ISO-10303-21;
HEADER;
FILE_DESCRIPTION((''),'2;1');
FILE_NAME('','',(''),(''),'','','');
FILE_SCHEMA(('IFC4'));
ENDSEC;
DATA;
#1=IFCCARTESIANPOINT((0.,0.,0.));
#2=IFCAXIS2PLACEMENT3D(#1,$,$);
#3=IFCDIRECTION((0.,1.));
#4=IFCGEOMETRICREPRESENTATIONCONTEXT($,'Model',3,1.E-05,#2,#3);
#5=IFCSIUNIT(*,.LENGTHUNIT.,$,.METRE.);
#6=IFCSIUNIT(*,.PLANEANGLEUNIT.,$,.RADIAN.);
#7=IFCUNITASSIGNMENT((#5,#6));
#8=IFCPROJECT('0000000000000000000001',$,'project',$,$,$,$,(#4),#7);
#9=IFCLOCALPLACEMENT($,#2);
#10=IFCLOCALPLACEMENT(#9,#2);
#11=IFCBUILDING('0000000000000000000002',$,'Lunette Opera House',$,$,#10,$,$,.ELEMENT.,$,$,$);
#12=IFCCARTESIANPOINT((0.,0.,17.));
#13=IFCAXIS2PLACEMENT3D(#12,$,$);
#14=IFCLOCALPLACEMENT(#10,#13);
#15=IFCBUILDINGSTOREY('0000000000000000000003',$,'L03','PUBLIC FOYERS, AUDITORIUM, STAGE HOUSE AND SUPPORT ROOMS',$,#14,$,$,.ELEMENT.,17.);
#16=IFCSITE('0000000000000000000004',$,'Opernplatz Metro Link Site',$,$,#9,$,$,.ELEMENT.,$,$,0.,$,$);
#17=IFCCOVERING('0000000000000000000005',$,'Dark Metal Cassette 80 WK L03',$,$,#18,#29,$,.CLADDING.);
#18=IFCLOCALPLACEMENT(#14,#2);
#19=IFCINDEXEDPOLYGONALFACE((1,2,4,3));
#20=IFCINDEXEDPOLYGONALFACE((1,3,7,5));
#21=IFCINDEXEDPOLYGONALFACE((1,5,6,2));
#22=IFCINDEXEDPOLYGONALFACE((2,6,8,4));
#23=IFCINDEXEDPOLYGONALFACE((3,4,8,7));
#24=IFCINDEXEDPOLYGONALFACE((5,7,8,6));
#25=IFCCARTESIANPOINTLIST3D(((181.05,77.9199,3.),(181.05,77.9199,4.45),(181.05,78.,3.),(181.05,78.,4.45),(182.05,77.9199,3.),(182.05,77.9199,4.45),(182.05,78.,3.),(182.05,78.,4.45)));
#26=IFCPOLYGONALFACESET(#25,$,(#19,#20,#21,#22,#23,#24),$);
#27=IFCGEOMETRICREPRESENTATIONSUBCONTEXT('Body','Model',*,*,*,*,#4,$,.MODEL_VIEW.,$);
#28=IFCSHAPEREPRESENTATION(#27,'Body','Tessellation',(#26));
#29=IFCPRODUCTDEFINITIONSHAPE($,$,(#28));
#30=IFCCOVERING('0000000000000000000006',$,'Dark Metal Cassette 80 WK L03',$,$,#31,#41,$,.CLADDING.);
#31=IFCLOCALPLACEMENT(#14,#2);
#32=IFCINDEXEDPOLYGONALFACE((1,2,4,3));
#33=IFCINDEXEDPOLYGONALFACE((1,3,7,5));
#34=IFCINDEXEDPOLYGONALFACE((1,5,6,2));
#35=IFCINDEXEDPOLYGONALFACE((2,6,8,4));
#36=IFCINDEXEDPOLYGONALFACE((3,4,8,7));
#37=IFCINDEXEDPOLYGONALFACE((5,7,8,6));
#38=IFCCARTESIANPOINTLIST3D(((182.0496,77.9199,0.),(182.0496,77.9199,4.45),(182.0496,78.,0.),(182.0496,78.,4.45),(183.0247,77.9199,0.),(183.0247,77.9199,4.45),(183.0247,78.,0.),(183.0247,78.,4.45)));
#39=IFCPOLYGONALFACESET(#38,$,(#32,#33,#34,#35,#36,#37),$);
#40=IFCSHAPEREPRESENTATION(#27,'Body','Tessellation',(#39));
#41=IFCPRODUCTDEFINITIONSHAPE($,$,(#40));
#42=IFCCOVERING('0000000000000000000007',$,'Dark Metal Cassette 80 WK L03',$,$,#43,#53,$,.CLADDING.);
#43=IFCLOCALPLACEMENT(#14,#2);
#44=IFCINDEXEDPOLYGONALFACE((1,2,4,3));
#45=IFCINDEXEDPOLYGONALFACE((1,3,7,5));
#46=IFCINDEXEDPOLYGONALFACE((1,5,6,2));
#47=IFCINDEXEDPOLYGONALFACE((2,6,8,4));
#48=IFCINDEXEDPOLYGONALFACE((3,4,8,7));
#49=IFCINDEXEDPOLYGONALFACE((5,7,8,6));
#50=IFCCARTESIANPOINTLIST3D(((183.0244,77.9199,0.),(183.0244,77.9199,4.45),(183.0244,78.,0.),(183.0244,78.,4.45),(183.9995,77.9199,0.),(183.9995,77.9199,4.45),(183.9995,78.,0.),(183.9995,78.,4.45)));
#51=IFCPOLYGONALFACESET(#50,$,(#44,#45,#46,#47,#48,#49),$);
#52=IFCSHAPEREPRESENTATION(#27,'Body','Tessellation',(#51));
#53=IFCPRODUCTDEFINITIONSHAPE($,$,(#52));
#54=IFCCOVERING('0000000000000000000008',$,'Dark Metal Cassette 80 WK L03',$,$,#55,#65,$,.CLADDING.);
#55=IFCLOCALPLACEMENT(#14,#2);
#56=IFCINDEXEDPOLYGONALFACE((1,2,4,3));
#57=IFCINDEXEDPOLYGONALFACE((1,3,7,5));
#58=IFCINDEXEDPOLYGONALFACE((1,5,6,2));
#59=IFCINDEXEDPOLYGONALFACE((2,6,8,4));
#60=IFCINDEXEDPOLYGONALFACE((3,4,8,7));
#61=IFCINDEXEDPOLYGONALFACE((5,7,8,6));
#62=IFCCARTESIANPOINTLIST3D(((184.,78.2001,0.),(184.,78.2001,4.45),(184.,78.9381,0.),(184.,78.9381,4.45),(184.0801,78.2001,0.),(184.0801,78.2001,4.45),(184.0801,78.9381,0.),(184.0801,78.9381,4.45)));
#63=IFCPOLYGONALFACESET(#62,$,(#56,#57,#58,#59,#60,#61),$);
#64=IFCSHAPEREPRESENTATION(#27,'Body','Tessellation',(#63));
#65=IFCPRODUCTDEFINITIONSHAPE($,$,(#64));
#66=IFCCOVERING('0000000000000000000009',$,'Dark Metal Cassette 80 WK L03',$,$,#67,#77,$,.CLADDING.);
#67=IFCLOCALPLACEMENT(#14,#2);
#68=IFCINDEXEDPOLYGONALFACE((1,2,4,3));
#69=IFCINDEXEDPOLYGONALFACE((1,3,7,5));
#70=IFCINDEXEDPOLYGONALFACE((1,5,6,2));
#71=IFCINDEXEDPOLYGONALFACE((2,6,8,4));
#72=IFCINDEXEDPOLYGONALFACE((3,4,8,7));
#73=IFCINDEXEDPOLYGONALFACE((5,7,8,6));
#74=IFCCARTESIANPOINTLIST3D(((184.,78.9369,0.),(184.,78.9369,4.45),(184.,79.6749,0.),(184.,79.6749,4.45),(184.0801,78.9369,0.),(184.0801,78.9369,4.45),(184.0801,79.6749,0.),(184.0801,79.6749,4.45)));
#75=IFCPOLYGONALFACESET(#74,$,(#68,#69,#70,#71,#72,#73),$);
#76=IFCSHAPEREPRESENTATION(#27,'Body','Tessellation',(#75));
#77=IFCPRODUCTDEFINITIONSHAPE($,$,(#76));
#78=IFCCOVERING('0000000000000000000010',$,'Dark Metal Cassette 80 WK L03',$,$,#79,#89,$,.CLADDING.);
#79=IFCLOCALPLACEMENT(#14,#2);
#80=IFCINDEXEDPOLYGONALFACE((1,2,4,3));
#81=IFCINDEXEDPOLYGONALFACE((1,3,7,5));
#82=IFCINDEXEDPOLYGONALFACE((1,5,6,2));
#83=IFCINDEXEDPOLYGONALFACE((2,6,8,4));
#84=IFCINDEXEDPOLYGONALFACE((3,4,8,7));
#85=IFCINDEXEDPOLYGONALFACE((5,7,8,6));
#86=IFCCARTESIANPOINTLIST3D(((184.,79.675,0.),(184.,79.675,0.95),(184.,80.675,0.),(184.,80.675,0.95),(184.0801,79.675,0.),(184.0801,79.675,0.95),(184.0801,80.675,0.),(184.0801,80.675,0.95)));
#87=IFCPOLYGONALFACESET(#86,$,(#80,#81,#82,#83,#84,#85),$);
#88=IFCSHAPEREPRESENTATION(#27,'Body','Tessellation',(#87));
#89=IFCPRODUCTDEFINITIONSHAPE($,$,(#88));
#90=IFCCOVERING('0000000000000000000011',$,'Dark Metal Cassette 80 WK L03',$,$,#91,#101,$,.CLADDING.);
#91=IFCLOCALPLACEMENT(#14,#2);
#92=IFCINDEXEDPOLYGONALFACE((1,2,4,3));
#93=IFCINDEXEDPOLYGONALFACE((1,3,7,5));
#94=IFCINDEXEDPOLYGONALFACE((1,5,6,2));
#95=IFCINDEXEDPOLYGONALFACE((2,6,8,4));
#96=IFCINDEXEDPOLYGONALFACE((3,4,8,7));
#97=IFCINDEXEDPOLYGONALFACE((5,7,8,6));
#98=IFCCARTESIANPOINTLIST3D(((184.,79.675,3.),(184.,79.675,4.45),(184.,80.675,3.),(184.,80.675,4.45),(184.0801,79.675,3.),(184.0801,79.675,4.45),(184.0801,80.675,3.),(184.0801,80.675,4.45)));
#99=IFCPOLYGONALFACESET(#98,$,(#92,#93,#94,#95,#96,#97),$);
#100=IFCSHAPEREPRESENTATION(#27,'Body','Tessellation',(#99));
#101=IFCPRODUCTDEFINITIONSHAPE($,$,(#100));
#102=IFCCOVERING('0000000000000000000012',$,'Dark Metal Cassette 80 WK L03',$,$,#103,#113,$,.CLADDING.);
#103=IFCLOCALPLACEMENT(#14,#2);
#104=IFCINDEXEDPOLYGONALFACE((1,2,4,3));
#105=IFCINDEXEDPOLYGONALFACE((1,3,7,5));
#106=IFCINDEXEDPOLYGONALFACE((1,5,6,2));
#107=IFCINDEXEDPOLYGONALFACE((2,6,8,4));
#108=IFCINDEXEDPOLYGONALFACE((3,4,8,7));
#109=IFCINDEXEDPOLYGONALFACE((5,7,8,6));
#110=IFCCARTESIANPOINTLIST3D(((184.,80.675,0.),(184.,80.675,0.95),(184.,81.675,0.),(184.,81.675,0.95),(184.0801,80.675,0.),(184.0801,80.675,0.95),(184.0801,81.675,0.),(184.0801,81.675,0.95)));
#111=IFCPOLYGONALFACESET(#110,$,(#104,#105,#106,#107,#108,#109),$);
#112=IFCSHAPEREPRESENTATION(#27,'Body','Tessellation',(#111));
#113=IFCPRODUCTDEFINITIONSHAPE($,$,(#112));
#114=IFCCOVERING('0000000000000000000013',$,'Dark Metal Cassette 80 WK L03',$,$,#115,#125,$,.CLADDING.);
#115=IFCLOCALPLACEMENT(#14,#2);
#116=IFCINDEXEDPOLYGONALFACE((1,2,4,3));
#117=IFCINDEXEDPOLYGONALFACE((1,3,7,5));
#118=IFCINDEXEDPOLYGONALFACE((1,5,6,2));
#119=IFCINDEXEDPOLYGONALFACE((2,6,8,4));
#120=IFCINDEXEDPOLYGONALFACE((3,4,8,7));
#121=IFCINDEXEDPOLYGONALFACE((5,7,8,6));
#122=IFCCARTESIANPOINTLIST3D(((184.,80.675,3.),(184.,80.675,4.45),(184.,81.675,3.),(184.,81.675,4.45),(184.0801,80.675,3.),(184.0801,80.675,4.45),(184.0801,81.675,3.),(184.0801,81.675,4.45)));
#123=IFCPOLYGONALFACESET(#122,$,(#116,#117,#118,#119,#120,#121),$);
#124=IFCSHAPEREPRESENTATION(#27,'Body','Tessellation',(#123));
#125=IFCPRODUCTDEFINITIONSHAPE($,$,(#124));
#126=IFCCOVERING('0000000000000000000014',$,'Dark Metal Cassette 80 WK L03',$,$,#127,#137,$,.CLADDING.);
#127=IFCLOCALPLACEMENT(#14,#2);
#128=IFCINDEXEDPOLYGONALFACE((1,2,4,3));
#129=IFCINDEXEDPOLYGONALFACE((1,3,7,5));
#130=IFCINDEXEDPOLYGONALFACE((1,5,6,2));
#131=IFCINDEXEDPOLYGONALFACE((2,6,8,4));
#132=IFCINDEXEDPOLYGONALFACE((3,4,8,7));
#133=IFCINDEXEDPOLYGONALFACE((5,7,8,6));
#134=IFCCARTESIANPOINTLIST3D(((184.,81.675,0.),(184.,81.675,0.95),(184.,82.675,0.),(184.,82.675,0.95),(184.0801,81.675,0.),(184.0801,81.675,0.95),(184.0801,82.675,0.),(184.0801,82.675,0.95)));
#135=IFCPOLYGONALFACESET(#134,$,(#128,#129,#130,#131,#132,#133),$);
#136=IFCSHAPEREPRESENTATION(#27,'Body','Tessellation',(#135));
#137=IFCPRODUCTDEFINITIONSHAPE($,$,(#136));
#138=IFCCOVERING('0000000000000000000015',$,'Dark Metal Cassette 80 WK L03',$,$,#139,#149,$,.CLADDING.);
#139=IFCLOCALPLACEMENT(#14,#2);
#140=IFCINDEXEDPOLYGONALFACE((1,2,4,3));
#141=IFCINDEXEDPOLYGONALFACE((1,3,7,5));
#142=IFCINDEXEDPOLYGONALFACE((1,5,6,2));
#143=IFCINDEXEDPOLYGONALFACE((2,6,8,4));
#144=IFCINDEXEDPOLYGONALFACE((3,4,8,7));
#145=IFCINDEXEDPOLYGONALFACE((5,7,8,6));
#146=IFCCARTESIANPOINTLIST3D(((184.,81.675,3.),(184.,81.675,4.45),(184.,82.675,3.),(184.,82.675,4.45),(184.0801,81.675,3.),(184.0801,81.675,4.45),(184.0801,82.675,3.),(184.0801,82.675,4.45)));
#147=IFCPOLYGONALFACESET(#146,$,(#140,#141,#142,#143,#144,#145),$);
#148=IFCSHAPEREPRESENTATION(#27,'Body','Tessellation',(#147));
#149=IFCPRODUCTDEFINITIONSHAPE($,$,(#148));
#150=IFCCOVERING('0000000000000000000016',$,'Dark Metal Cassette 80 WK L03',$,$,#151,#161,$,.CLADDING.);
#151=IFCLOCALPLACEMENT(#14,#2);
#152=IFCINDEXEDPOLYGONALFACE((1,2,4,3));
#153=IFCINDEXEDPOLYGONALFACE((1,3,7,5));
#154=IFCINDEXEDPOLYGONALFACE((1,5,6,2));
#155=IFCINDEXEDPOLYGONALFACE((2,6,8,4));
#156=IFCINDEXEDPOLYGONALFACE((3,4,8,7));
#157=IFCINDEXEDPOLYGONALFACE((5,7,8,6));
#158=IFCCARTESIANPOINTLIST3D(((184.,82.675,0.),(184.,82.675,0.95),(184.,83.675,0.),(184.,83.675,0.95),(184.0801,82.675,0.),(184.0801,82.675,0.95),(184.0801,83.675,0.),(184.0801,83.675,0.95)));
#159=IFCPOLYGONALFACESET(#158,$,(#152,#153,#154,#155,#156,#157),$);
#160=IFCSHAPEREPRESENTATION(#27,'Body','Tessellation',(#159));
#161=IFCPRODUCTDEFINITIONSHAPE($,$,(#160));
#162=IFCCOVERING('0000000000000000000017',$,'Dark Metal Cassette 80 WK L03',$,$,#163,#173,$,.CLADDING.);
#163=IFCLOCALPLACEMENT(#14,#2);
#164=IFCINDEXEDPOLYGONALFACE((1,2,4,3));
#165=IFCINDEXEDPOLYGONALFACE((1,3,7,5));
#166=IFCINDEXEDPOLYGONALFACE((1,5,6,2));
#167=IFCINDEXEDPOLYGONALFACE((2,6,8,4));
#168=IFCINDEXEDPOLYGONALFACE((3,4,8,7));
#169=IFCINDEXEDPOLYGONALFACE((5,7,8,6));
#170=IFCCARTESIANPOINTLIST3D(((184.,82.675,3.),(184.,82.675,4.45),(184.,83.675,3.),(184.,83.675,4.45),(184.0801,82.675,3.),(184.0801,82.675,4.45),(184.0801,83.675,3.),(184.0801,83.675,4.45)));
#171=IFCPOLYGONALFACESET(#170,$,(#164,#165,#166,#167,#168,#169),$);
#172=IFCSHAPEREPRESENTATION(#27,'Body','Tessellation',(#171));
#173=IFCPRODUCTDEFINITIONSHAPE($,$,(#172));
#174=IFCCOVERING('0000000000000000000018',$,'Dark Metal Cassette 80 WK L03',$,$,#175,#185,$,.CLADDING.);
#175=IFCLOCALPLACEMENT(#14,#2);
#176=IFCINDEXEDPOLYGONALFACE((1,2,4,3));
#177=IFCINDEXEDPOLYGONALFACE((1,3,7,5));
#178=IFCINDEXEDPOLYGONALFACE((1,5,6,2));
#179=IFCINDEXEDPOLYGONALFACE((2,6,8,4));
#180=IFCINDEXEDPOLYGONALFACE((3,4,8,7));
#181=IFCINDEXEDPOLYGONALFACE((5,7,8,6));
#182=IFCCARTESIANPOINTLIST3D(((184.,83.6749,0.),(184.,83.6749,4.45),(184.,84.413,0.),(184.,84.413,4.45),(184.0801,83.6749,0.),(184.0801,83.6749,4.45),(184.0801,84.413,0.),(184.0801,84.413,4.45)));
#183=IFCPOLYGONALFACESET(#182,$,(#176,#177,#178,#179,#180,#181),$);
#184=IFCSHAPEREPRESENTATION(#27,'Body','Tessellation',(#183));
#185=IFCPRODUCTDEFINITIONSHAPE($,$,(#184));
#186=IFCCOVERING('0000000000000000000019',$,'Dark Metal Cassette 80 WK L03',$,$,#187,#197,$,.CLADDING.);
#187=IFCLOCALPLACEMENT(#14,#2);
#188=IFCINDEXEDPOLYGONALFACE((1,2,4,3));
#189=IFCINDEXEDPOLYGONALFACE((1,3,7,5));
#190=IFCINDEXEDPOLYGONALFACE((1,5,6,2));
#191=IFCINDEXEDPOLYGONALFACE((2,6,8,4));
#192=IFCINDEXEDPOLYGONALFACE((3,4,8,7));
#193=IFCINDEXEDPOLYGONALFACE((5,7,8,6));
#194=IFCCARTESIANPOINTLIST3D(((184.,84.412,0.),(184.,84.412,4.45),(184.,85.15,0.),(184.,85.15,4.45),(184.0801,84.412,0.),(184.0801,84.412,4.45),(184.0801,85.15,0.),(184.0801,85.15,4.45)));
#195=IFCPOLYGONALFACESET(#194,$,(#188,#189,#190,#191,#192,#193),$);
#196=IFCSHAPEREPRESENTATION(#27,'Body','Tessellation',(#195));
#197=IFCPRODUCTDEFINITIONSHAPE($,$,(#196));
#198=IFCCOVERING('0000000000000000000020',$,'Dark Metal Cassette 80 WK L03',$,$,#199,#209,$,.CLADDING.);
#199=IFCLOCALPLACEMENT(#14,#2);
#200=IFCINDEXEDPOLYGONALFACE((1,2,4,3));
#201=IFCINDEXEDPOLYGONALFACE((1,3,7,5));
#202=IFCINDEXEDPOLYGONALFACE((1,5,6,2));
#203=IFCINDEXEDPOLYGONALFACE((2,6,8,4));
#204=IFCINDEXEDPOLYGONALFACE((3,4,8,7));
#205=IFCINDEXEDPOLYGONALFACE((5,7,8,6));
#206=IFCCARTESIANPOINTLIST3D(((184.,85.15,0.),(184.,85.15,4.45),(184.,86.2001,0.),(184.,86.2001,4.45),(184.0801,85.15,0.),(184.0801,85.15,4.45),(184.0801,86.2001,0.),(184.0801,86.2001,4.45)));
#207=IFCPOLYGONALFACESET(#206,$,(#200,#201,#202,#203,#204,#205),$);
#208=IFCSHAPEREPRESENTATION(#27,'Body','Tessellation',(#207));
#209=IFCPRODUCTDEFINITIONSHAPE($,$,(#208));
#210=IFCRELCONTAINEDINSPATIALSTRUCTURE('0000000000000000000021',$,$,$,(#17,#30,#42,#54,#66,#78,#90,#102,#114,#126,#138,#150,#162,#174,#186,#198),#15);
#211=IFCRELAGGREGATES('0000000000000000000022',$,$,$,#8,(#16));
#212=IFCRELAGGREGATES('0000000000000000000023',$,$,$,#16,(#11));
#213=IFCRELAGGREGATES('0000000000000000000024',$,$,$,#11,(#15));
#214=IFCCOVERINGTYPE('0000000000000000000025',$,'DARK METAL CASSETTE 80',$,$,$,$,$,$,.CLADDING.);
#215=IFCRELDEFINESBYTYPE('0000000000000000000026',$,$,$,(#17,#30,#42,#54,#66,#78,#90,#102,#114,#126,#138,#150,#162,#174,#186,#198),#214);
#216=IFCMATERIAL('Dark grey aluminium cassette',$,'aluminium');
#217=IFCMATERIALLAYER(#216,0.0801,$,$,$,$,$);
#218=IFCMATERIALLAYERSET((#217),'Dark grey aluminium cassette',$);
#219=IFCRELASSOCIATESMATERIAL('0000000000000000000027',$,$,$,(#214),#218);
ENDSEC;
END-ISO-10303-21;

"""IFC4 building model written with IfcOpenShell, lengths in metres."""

from ifc_helpers import new_model, si_unit, direction, frame, origin, origin_2d, place, context, subcontext, project, spatial, rectangle, extrude, material, layer, layer_set, type_object, element, save


model = new_model("IFC4")

# Units and contexts
model_context = context("Model", 3, precision=1e-05, world=origin(), true_north=direction((0.0, 1.0)))
body_context = subcontext(model_context, "Body", "Model", "MODEL_VIEW")
ifc_project = project(units=[si_unit("LENGTHUNIT", "METRE"), si_unit("PLANEANGLEUNIT", "RADIAN")], contexts=[model_context])

# Site, building, storey
site_placement = place(None, origin())
site = spatial("IfcSite", under=ifc_project, at=site_placement, Name="Opernplatz Metro Link Site", CompositionType="ELEMENT", RefElevation=0.0)
building_placement = place(site_placement, origin())
building = spatial("IfcBuilding", under=site, at=building_placement, Name="Lunette Opera House", CompositionType="ELEMENT")
storey_placement = place(building_placement, frame((0.0, 0.0, 17.0)))
storey = spatial("IfcBuildingStorey", under=building, at=storey_placement, Name="L03", Description="PUBLIC FOYERS, AUDITORIUM, STAGE HOUSE AND SUPPORT ROOMS", CompositionType="ELEMENT", Elevation=17.0)

# Coverings
ifc_material_1 = material(Name="Dark grey aluminium cassette", Category="aluminium")
ifc_layer_1 = layer(ifc_material_1, 0.0801)
ifc_layer_set_1 = layer_set([ifc_layer_1], Name="Dark grey aluminium cassette")
covering_type = type_object("IfcCoveringType", Name="DARK METAL CASSETTE 80", PredefinedType="CLADDING", material=ifc_layer_set_1)
covering_1_placement = place(storey_placement, frame((181.55, 77.96, 3.0), z_axis=(0.0, 0.0, 1.0), x_axis=(1.0, 0.0, 0.0)))
element("IfcCovering", 1, at=covering_1_placement, inside=storey, type_object=covering_type, Name="Dark Metal Cassette 80 WK L03", PredefinedType="CLADDING", context=body_context, shape_type="SweptSolid", body=[
    extrude(rectangle(XDim=1.0, YDim=0.0801, at=origin_2d()), origin(), (0.0, 0.0, 1.0), 1.45),
])
for number, where, z_axis, x_axis, name in (
    (2, (182.5371, 77.96, 0.0), (0.0, 0.0, 1.0), (1.0, 0.0, 0.0), "Dark Metal Cassette 80 WK L03"),
    (3, (183.512, 77.96, 0.0), (0.0, 0.0, 1.0), (1.0, 0.0, 0.0), "Dark Metal Cassette 80 WK L03"),
):
    element("IfcCovering", number, at=place(storey_placement, frame(where, z_axis=z_axis, x_axis=x_axis)), inside=storey, type_object=covering_type, Name=name, PredefinedType="CLADDING", context=body_context, shape_type="SweptSolid", body=[
        extrude(rectangle(XDim=0.9751, YDim=0.0801, at=origin_2d()), origin(), (0.0, 0.0, 1.0), 4.45),
    ])
for number, where, z_axis, x_axis, name in (
    (4, (184.04, 78.5691, 0.0), (0.0, 0.0, 1.0), (0.0, 1.0, 0.0), "Dark Metal Cassette 80 WK L03"),
    (5, (184.04, 79.3059, 0.0), (0.0, 0.0, 1.0), (0.0, 1.0, 0.0), "Dark Metal Cassette 80 WK L03"),
):
    element("IfcCovering", number, at=place(storey_placement, frame(where, z_axis=z_axis, x_axis=x_axis)), inside=storey, type_object=covering_type, Name=name, PredefinedType="CLADDING", context=body_context, shape_type="SweptSolid", body=[
        extrude(rectangle(XDim=0.738, YDim=0.0801, at=origin_2d()), origin(), (0.0, 0.0, 1.0), 4.45),
    ])
covering_2_placement = place(storey_placement, frame((184.04, 80.175, 0.0), z_axis=(0.0, 0.0, 1.0), x_axis=(0.0, 1.0, 0.0)))
element("IfcCovering", 6, at=covering_2_placement, inside=storey, type_object=covering_type, Name="Dark Metal Cassette 80 WK L03", PredefinedType="CLADDING", context=body_context, shape_type="SweptSolid", body=[
    extrude(rectangle(XDim=1.0, YDim=0.0801, at=origin_2d()), origin(), (0.0, 0.0, 1.0), 0.95),
])
covering_3_placement = place(storey_placement, frame((184.04, 80.175, 3.0), z_axis=(0.0, 0.0, 1.0), x_axis=(0.0, 1.0, 0.0)))
element("IfcCovering", 7, at=covering_3_placement, inside=storey, type_object=covering_type, Name="Dark Metal Cassette 80 WK L03", PredefinedType="CLADDING", context=body_context, shape_type="SweptSolid", body=[
    extrude(rectangle(XDim=1.0, YDim=0.0801, at=origin_2d()), origin(), (0.0, 0.0, 1.0), 1.45),
])
covering_4_placement = place(storey_placement, frame((184.04, 81.175, 0.0), z_axis=(0.0, 0.0, 1.0), x_axis=(0.0, 1.0, 0.0)))
element("IfcCovering", 8, at=covering_4_placement, inside=storey, type_object=covering_type, Name="Dark Metal Cassette 80 WK L03", PredefinedType="CLADDING", context=body_context, shape_type="SweptSolid", body=[
    extrude(rectangle(XDim=1.0, YDim=0.0801, at=origin_2d()), origin(), (0.0, 0.0, 1.0), 0.95),
])
covering_5_placement = place(storey_placement, frame((184.04, 81.175, 3.0), z_axis=(0.0, 0.0, 1.0), x_axis=(0.0, 1.0, 0.0)))
element("IfcCovering", 9, at=covering_5_placement, inside=storey, type_object=covering_type, Name="Dark Metal Cassette 80 WK L03", PredefinedType="CLADDING", context=body_context, shape_type="SweptSolid", body=[
    extrude(rectangle(XDim=1.0, YDim=0.0801, at=origin_2d()), origin(), (0.0, 0.0, 1.0), 1.45),
])
covering_6_placement = place(storey_placement, frame((184.04, 82.175, 0.0), z_axis=(0.0, 0.0, 1.0), x_axis=(0.0, 1.0, 0.0)))
element("IfcCovering", 10, at=covering_6_placement, inside=storey, type_object=covering_type, Name="Dark Metal Cassette 80 WK L03", PredefinedType="CLADDING", context=body_context, shape_type="SweptSolid", body=[
    extrude(rectangle(XDim=1.0, YDim=0.0801, at=origin_2d()), origin(), (0.0, 0.0, 1.0), 0.95),
])
covering_7_placement = place(storey_placement, frame((184.04, 82.175, 3.0), z_axis=(0.0, 0.0, 1.0), x_axis=(0.0, 1.0, 0.0)))
element("IfcCovering", 11, at=covering_7_placement, inside=storey, type_object=covering_type, Name="Dark Metal Cassette 80 WK L03", PredefinedType="CLADDING", context=body_context, shape_type="SweptSolid", body=[
    extrude(rectangle(XDim=1.0, YDim=0.0801, at=origin_2d()), origin(), (0.0, 0.0, 1.0), 1.45),
])
covering_8_placement = place(storey_placement, frame((184.04, 83.175, 0.0), z_axis=(0.0, 0.0, 1.0), x_axis=(0.0, 1.0, 0.0)))
element("IfcCovering", 12, at=covering_8_placement, inside=storey, type_object=covering_type, Name="Dark Metal Cassette 80 WK L03", PredefinedType="CLADDING", context=body_context, shape_type="SweptSolid", body=[
    extrude(rectangle(XDim=1.0, YDim=0.0801, at=origin_2d()), origin(), (0.0, 0.0, 1.0), 0.95),
])
covering_9_placement = place(storey_placement, frame((184.04, 83.175, 3.0), z_axis=(0.0, 0.0, 1.0), x_axis=(0.0, 1.0, 0.0)))
element("IfcCovering", 13, at=covering_9_placement, inside=storey, type_object=covering_type, Name="Dark Metal Cassette 80 WK L03", PredefinedType="CLADDING", context=body_context, shape_type="SweptSolid", body=[
    extrude(rectangle(XDim=1.0, YDim=0.0801, at=origin_2d()), origin(), (0.0, 0.0, 1.0), 1.45),
])
for number, where, z_axis, x_axis, name in (
    (14, (184.04, 84.0439, 0.0), (0.0, 0.0, 1.0), (0.0, 1.0, 0.0), "Dark Metal Cassette 80 WK L03"),
    (15, (184.04, 84.781, 0.0), (0.0, 0.0, 1.0), (0.0, 1.0, 0.0), "Dark Metal Cassette 80 WK L03"),
):
    element("IfcCovering", number, at=place(storey_placement, frame(where, z_axis=z_axis, x_axis=x_axis)), inside=storey, type_object=covering_type, Name=name, PredefinedType="CLADDING", context=body_context, shape_type="SweptSolid", body=[
        extrude(rectangle(XDim=0.738, YDim=0.0801, at=origin_2d()), origin(), (0.0, 0.0, 1.0), 4.45),
    ])
covering_10_placement = place(storey_placement, frame((184.04, 85.675, 0.0), z_axis=(0.0, 0.0, 1.0), x_axis=(0.0, 1.0, 0.0)))
element("IfcCovering", 16, at=covering_10_placement, inside=storey, type_object=covering_type, Name="Dark Metal Cassette 80 WK L03", PredefinedType="CLADDING", context=body_context, shape_type="SweptSolid", body=[
    extrude(rectangle(XDim=1.05, YDim=0.0801, at=origin_2d()), origin(), (0.0, 0.0, 1.0), 4.45),
])

save(model, "model.ifc")
